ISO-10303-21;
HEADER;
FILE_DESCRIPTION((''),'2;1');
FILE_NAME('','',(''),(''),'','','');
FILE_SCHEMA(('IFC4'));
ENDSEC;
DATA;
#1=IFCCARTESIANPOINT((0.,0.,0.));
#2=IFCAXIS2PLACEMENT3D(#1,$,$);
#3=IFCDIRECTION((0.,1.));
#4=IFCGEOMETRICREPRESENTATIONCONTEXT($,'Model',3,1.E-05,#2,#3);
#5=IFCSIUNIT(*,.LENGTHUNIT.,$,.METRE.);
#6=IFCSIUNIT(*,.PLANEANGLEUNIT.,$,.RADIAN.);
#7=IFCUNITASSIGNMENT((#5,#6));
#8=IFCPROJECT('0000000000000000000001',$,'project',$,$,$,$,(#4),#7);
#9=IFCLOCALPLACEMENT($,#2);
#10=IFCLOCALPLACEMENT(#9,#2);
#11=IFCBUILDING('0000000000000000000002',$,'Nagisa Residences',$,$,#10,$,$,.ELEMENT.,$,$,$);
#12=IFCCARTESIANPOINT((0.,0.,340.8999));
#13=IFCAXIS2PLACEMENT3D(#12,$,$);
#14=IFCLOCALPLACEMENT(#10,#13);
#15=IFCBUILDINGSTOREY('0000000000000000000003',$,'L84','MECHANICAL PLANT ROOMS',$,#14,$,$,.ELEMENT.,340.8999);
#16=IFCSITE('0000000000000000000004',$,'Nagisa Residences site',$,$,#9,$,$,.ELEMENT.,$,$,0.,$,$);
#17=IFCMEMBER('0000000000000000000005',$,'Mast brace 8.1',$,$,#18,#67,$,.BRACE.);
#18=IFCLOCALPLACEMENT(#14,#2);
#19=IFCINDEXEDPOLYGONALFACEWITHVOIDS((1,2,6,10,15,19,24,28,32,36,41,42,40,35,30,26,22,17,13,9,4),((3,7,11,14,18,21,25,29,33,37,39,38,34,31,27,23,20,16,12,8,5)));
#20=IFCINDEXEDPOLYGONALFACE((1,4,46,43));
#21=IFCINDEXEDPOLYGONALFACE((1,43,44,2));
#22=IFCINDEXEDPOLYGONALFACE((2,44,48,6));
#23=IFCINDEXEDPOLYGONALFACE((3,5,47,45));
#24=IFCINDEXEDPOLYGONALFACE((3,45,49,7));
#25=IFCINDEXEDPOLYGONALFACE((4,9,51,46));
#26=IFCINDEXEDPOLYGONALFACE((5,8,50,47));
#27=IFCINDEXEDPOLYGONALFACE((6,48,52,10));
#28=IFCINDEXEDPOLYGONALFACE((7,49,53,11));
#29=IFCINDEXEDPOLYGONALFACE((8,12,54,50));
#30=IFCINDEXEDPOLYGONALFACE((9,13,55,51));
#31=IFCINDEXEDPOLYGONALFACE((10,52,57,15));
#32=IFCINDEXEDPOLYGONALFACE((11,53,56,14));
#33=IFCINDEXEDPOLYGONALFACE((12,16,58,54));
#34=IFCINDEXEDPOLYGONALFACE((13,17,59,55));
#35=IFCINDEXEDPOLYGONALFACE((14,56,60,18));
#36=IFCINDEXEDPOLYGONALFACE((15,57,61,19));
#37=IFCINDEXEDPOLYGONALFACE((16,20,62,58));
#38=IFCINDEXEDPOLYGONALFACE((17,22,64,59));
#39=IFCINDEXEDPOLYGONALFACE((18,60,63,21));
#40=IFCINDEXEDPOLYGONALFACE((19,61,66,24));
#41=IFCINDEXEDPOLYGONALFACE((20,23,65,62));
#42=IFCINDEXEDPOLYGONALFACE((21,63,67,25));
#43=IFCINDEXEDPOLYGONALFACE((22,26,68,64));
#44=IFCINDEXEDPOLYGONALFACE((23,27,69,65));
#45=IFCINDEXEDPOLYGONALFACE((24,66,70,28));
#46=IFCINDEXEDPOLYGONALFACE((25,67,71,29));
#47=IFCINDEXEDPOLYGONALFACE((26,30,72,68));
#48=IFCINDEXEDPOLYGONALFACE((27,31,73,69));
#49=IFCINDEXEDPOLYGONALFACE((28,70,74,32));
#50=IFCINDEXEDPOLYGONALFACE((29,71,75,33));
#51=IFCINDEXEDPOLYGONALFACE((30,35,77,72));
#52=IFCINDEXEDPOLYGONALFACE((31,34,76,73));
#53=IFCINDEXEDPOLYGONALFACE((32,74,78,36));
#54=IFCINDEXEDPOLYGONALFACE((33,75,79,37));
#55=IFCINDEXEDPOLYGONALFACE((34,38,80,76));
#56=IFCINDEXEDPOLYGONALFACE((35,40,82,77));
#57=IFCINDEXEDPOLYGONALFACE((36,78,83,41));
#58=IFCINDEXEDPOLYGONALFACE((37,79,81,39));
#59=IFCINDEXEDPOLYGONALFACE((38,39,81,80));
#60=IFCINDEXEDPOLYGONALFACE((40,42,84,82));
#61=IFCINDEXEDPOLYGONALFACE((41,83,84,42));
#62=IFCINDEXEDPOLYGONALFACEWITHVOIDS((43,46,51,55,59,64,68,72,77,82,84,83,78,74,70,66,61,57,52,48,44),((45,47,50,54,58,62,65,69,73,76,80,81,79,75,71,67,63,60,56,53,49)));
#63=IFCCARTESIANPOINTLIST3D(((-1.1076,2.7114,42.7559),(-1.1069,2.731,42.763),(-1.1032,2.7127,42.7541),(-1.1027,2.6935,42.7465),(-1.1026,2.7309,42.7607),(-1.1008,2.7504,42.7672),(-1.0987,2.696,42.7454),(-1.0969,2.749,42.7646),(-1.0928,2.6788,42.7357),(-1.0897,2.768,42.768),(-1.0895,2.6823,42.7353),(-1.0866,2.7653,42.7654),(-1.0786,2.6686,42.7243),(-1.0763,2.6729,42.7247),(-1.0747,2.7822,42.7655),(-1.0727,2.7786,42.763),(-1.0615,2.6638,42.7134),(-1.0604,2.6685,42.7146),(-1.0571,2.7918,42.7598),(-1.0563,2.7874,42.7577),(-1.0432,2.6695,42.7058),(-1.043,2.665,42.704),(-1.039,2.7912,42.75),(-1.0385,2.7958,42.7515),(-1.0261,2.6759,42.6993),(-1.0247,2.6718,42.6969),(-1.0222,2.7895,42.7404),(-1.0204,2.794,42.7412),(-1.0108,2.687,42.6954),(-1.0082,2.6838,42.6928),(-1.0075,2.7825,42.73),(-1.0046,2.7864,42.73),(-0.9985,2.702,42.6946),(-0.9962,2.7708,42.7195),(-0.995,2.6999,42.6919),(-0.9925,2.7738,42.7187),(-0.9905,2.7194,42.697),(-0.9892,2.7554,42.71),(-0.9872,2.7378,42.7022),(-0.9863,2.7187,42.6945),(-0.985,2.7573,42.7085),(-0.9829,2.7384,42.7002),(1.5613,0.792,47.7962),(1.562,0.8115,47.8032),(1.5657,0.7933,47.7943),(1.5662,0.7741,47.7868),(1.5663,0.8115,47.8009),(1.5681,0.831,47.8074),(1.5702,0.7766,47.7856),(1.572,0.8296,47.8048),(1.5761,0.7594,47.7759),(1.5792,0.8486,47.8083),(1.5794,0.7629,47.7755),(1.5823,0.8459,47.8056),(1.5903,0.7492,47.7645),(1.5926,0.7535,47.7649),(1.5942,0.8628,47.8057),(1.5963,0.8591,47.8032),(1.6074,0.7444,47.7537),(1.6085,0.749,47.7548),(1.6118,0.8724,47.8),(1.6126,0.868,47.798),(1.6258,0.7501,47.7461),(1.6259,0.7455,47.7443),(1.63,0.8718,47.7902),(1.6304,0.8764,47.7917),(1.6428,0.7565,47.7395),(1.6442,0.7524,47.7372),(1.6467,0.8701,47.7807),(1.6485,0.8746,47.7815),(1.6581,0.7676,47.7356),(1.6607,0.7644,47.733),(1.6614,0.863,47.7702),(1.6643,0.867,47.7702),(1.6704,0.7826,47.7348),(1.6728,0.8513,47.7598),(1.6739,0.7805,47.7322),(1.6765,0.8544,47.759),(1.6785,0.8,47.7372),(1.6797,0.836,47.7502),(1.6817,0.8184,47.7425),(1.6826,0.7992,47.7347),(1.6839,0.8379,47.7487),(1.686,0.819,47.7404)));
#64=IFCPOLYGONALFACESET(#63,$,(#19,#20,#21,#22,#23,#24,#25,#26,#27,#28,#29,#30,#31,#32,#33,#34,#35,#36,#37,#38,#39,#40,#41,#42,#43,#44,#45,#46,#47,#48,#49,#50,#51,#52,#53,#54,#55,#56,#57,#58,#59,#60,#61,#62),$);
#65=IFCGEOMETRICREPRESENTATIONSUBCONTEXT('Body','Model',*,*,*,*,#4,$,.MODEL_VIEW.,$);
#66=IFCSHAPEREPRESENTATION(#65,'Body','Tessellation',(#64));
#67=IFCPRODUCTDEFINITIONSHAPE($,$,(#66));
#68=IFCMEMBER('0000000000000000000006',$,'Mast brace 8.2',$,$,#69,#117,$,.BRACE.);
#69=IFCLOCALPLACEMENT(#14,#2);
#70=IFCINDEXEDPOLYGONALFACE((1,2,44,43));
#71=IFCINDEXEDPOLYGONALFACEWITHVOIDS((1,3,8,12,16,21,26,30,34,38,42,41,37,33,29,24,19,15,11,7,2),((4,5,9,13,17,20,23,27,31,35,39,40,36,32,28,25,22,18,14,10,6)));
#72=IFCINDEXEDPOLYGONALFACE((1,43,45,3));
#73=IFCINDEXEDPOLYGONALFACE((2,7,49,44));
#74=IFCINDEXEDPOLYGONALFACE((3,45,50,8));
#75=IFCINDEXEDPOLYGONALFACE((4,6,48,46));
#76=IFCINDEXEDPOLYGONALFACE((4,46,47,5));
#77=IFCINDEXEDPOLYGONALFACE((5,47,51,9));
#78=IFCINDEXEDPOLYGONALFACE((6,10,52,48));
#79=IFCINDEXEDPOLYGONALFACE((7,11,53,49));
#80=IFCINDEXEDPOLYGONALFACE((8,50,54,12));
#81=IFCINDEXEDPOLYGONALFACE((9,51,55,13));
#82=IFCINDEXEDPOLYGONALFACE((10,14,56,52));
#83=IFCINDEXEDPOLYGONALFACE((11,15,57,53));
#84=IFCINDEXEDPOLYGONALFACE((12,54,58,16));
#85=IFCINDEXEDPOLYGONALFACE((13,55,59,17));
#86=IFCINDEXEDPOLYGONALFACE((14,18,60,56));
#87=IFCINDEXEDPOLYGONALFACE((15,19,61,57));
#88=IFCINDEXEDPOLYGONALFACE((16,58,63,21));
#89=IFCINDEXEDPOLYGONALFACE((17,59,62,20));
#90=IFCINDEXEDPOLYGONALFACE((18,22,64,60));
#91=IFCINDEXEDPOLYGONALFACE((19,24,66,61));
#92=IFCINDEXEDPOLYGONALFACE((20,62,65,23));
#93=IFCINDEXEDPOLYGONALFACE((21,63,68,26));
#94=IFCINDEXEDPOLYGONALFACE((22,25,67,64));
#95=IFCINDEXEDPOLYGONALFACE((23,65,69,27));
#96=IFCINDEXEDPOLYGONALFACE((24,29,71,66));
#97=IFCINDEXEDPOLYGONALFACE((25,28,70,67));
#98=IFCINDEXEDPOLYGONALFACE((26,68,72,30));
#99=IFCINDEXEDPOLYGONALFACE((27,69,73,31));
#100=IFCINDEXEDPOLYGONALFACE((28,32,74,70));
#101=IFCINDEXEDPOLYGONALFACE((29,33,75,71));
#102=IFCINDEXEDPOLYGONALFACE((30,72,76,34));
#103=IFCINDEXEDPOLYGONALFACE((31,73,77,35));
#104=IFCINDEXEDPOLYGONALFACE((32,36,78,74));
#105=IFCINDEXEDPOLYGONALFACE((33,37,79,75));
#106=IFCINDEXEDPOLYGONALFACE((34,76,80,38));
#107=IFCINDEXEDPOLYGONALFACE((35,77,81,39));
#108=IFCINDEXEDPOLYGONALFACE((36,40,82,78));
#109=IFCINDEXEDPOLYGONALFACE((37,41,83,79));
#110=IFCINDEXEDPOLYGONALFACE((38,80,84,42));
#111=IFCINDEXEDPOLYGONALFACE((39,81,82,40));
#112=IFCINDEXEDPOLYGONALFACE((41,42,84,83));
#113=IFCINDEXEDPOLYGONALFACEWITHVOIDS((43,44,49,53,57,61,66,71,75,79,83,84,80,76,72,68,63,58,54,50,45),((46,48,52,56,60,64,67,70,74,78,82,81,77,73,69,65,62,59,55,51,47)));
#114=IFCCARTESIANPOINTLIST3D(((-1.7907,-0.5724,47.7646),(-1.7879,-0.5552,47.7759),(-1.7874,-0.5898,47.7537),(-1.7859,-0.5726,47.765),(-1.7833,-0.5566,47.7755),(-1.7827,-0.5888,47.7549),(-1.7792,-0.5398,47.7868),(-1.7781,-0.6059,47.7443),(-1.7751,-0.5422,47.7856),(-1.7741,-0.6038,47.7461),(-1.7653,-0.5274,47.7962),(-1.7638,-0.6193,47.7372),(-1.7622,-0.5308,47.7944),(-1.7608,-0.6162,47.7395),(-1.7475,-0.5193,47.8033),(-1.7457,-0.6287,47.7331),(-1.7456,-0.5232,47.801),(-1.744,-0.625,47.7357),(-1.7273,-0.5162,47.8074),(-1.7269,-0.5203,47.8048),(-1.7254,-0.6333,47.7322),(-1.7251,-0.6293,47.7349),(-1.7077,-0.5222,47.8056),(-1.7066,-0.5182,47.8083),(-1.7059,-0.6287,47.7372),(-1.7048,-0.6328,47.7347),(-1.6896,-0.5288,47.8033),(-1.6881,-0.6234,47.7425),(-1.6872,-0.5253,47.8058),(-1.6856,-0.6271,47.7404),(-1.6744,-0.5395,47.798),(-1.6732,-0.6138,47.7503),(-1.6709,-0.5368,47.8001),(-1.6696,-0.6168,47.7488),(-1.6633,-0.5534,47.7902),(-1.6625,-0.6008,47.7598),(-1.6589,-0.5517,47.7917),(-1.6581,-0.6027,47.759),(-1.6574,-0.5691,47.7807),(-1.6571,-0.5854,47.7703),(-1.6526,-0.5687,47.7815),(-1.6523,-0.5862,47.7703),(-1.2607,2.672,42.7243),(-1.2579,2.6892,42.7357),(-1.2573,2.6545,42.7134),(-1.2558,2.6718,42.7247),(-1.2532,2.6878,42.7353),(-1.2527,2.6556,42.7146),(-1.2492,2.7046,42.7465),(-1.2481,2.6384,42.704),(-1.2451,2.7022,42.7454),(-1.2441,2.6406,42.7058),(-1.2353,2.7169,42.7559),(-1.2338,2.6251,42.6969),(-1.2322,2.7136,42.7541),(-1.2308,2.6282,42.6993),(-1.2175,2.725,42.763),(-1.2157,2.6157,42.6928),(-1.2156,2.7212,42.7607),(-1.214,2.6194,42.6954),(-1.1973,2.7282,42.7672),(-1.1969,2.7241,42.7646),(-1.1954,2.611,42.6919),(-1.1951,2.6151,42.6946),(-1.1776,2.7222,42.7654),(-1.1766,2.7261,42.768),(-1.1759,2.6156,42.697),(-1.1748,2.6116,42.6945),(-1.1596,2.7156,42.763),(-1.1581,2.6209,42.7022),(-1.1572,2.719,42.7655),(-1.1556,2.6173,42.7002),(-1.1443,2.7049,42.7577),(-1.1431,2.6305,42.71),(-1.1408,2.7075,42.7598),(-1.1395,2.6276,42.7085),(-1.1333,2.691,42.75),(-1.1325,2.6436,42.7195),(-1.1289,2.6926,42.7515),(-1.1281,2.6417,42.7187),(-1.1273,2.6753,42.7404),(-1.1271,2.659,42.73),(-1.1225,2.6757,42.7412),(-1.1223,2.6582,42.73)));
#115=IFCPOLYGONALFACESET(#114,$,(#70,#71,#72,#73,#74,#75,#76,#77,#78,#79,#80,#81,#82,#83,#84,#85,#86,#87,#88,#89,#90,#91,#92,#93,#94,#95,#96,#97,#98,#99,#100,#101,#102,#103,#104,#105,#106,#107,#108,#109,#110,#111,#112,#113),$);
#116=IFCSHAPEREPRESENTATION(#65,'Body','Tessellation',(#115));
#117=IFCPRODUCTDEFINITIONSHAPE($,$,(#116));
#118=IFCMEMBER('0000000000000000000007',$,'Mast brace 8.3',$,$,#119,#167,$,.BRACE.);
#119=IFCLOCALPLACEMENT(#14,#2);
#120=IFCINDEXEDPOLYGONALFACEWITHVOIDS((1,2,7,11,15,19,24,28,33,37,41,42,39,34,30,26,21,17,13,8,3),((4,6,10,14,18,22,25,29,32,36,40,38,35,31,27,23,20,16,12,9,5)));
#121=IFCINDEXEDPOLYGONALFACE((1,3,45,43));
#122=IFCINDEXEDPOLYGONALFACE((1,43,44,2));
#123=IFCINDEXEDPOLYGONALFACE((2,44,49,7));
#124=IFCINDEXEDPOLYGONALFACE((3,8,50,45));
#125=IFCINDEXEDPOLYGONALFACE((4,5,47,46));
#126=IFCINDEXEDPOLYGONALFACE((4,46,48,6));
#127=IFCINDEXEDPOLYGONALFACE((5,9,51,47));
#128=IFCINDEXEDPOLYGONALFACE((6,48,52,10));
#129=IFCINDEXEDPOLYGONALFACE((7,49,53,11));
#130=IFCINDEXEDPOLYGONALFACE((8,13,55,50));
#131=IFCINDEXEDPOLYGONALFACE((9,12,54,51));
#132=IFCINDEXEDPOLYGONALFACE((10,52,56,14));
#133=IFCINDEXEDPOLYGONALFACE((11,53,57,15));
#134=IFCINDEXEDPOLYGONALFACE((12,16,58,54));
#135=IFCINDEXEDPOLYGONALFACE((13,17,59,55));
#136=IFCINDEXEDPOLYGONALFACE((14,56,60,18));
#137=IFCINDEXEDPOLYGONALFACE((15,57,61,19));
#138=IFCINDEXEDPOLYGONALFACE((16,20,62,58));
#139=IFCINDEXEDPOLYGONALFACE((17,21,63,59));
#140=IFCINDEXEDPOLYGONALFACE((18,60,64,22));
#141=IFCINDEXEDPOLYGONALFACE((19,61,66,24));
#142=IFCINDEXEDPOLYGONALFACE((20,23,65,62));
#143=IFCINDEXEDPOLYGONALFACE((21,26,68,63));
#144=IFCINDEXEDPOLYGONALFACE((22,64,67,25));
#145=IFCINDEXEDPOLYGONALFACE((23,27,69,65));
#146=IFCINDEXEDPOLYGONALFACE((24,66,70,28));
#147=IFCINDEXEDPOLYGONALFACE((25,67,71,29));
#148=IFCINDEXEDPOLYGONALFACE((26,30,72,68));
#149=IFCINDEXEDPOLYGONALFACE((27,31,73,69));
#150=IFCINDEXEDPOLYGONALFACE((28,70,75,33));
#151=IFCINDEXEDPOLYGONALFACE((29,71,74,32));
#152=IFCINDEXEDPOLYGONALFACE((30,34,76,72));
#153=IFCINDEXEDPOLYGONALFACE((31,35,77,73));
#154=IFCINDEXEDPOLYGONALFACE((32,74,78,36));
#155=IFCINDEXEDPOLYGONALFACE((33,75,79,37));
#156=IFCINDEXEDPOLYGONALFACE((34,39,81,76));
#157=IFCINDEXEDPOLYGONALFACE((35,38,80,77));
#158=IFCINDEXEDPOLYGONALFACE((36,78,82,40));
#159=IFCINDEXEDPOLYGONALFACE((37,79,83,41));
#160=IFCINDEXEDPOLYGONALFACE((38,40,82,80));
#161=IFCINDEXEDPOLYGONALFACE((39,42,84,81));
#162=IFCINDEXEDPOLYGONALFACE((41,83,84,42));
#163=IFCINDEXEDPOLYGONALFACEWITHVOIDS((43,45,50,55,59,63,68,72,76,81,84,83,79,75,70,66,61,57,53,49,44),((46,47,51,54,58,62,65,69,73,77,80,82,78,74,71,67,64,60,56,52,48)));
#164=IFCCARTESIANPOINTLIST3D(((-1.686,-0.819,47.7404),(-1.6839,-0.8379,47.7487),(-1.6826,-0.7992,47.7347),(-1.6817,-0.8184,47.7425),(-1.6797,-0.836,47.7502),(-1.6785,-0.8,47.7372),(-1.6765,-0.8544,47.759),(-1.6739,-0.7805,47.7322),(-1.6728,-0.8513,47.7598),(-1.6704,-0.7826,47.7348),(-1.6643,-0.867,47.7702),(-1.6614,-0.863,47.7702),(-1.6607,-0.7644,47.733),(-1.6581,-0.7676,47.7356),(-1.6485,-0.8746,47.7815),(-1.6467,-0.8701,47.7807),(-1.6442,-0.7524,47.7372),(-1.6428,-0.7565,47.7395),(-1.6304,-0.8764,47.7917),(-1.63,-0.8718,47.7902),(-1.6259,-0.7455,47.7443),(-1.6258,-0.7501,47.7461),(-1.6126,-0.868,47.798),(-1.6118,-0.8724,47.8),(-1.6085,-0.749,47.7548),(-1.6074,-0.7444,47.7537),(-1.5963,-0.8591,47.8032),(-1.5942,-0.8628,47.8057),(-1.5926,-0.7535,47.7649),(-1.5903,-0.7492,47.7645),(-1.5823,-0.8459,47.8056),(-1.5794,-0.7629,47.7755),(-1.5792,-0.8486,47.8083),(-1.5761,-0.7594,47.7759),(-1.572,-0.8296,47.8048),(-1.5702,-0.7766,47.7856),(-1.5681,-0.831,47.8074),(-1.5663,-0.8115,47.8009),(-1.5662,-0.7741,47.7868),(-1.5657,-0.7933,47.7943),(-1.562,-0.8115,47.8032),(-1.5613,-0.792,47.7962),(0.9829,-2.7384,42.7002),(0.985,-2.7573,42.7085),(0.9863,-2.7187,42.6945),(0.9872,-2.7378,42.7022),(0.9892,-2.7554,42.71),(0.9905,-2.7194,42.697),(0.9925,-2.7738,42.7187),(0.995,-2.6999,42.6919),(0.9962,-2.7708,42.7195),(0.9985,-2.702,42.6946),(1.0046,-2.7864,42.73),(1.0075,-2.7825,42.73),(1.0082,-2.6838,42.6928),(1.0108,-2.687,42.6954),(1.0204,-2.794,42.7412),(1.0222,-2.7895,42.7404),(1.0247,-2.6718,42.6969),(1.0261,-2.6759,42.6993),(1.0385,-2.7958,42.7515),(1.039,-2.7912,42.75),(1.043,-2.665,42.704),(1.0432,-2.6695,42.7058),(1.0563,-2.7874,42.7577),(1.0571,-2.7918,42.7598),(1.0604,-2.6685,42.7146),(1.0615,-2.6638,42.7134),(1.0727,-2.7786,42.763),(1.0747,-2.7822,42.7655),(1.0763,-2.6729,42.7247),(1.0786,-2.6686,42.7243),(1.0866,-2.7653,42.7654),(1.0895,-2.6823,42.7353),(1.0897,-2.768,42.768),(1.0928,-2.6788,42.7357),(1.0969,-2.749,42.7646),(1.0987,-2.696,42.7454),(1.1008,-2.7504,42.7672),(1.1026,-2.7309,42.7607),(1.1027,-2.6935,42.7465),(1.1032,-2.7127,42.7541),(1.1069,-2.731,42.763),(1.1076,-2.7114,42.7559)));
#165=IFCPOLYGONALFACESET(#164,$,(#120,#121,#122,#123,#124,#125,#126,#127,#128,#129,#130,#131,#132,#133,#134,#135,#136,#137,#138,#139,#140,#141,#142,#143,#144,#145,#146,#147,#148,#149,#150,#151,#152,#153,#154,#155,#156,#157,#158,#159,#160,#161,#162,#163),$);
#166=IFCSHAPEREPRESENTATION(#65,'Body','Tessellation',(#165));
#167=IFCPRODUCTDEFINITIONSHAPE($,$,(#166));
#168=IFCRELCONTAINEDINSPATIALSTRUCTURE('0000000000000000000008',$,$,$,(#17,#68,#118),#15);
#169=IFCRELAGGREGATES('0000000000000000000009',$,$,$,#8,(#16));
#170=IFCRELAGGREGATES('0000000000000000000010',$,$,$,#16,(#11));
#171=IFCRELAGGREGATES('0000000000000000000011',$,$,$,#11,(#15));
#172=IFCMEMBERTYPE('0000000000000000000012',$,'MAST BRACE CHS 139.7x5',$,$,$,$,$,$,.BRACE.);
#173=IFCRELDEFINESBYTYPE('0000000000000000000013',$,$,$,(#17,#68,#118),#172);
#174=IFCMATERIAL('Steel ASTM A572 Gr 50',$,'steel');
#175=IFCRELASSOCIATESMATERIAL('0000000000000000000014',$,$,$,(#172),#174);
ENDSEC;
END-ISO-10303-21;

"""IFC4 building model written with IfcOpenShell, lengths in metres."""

from ifc_helpers import new_model, si_unit, direction, frame, origin, origin_2d, place, context, subcontext, project, spatial, hollow_circle, extrude, material, material_profile, profile_set, type_object, element, save


model = new_model("IFC4")

# Units and contexts
model_context = context("Model", 3, precision=1e-05, world=origin(), true_north=direction((0.0, 1.0)))
body_context = subcontext(model_context, "Body", "Model", "MODEL_VIEW")
ifc_project = project(units=[si_unit("LENGTHUNIT", "METRE"), si_unit("PLANEANGLEUNIT", "RADIAN")], contexts=[model_context])

# Site, building, storey
site_placement = place(None, origin())
site = spatial("IfcSite", under=ifc_project, at=site_placement, Name="Nagisa Residences site", CompositionType="ELEMENT", RefElevation=0.0)
building_placement = place(site_placement, origin())
building = spatial("IfcBuilding", under=site, at=building_placement, Name="Nagisa Residences", CompositionType="ELEMENT")
storey_placement = place(building_placement, frame((0.0, 0.0, 340.8999)))
storey = spatial("IfcBuildingStorey", under=building, at=storey_placement, Name="L84", Description="MECHANICAL PLANT ROOMS", CompositionType="ELEMENT", Elevation=340.8999)

# Members
ifc_material_1 = material(Name="Steel ASTM A572 Gr 50", Category="steel")
ifc_material_profile_1 = material_profile(ifc_material_1, hollow_circle(Radius=0.0698, WallThickness=0.0049, at=origin_2d()), Name="MAST BRACE CHS 139.7x5")
ifc_profile_set_1 = profile_set([ifc_material_profile_1], Name="Steel ASTM A572 Gr 50")
member_type_1 = type_object("IfcMemberType", Name="MAST BRACE CHS 139.7x5", PredefinedType="BRACE", material=ifc_profile_set_1)
for number, where, z_axis, x_axis, name in (
    (1, (-1.0454, 2.7297, 42.73), (0.443521, -0.318968, 0.837585), (0.583862, 0.811853, 0.0), "Mast brace 8.1"),
    (2, (-1.1912, 2.6694, 42.73), (-0.08808, -0.53915, 0.837591), (0.986917, -0.161231, 0.0), "Mast brace 8.2"),
    (3, (1.0454, -2.7297, 42.73), (-0.443521, 0.318968, 0.837585), (-0.583862, -0.811853, 0.0), "Mast brace 8.3"),
):
    element("IfcMember", number, at=place(storey_placement, frame(where, z_axis=z_axis, x_axis=x_axis)), inside=storey, type_object=member_type_1, Name=name, PredefinedType="BRACE", context=body_context, shape_type="SweptSolid", body=[
        extrude(hollow_circle(Radius=0.0698, WallThickness=0.0049, at=origin_2d()), origin(), (0.0, 0.0, 1.0), 6.0176),
    ])

save(model, "model.ifc")
